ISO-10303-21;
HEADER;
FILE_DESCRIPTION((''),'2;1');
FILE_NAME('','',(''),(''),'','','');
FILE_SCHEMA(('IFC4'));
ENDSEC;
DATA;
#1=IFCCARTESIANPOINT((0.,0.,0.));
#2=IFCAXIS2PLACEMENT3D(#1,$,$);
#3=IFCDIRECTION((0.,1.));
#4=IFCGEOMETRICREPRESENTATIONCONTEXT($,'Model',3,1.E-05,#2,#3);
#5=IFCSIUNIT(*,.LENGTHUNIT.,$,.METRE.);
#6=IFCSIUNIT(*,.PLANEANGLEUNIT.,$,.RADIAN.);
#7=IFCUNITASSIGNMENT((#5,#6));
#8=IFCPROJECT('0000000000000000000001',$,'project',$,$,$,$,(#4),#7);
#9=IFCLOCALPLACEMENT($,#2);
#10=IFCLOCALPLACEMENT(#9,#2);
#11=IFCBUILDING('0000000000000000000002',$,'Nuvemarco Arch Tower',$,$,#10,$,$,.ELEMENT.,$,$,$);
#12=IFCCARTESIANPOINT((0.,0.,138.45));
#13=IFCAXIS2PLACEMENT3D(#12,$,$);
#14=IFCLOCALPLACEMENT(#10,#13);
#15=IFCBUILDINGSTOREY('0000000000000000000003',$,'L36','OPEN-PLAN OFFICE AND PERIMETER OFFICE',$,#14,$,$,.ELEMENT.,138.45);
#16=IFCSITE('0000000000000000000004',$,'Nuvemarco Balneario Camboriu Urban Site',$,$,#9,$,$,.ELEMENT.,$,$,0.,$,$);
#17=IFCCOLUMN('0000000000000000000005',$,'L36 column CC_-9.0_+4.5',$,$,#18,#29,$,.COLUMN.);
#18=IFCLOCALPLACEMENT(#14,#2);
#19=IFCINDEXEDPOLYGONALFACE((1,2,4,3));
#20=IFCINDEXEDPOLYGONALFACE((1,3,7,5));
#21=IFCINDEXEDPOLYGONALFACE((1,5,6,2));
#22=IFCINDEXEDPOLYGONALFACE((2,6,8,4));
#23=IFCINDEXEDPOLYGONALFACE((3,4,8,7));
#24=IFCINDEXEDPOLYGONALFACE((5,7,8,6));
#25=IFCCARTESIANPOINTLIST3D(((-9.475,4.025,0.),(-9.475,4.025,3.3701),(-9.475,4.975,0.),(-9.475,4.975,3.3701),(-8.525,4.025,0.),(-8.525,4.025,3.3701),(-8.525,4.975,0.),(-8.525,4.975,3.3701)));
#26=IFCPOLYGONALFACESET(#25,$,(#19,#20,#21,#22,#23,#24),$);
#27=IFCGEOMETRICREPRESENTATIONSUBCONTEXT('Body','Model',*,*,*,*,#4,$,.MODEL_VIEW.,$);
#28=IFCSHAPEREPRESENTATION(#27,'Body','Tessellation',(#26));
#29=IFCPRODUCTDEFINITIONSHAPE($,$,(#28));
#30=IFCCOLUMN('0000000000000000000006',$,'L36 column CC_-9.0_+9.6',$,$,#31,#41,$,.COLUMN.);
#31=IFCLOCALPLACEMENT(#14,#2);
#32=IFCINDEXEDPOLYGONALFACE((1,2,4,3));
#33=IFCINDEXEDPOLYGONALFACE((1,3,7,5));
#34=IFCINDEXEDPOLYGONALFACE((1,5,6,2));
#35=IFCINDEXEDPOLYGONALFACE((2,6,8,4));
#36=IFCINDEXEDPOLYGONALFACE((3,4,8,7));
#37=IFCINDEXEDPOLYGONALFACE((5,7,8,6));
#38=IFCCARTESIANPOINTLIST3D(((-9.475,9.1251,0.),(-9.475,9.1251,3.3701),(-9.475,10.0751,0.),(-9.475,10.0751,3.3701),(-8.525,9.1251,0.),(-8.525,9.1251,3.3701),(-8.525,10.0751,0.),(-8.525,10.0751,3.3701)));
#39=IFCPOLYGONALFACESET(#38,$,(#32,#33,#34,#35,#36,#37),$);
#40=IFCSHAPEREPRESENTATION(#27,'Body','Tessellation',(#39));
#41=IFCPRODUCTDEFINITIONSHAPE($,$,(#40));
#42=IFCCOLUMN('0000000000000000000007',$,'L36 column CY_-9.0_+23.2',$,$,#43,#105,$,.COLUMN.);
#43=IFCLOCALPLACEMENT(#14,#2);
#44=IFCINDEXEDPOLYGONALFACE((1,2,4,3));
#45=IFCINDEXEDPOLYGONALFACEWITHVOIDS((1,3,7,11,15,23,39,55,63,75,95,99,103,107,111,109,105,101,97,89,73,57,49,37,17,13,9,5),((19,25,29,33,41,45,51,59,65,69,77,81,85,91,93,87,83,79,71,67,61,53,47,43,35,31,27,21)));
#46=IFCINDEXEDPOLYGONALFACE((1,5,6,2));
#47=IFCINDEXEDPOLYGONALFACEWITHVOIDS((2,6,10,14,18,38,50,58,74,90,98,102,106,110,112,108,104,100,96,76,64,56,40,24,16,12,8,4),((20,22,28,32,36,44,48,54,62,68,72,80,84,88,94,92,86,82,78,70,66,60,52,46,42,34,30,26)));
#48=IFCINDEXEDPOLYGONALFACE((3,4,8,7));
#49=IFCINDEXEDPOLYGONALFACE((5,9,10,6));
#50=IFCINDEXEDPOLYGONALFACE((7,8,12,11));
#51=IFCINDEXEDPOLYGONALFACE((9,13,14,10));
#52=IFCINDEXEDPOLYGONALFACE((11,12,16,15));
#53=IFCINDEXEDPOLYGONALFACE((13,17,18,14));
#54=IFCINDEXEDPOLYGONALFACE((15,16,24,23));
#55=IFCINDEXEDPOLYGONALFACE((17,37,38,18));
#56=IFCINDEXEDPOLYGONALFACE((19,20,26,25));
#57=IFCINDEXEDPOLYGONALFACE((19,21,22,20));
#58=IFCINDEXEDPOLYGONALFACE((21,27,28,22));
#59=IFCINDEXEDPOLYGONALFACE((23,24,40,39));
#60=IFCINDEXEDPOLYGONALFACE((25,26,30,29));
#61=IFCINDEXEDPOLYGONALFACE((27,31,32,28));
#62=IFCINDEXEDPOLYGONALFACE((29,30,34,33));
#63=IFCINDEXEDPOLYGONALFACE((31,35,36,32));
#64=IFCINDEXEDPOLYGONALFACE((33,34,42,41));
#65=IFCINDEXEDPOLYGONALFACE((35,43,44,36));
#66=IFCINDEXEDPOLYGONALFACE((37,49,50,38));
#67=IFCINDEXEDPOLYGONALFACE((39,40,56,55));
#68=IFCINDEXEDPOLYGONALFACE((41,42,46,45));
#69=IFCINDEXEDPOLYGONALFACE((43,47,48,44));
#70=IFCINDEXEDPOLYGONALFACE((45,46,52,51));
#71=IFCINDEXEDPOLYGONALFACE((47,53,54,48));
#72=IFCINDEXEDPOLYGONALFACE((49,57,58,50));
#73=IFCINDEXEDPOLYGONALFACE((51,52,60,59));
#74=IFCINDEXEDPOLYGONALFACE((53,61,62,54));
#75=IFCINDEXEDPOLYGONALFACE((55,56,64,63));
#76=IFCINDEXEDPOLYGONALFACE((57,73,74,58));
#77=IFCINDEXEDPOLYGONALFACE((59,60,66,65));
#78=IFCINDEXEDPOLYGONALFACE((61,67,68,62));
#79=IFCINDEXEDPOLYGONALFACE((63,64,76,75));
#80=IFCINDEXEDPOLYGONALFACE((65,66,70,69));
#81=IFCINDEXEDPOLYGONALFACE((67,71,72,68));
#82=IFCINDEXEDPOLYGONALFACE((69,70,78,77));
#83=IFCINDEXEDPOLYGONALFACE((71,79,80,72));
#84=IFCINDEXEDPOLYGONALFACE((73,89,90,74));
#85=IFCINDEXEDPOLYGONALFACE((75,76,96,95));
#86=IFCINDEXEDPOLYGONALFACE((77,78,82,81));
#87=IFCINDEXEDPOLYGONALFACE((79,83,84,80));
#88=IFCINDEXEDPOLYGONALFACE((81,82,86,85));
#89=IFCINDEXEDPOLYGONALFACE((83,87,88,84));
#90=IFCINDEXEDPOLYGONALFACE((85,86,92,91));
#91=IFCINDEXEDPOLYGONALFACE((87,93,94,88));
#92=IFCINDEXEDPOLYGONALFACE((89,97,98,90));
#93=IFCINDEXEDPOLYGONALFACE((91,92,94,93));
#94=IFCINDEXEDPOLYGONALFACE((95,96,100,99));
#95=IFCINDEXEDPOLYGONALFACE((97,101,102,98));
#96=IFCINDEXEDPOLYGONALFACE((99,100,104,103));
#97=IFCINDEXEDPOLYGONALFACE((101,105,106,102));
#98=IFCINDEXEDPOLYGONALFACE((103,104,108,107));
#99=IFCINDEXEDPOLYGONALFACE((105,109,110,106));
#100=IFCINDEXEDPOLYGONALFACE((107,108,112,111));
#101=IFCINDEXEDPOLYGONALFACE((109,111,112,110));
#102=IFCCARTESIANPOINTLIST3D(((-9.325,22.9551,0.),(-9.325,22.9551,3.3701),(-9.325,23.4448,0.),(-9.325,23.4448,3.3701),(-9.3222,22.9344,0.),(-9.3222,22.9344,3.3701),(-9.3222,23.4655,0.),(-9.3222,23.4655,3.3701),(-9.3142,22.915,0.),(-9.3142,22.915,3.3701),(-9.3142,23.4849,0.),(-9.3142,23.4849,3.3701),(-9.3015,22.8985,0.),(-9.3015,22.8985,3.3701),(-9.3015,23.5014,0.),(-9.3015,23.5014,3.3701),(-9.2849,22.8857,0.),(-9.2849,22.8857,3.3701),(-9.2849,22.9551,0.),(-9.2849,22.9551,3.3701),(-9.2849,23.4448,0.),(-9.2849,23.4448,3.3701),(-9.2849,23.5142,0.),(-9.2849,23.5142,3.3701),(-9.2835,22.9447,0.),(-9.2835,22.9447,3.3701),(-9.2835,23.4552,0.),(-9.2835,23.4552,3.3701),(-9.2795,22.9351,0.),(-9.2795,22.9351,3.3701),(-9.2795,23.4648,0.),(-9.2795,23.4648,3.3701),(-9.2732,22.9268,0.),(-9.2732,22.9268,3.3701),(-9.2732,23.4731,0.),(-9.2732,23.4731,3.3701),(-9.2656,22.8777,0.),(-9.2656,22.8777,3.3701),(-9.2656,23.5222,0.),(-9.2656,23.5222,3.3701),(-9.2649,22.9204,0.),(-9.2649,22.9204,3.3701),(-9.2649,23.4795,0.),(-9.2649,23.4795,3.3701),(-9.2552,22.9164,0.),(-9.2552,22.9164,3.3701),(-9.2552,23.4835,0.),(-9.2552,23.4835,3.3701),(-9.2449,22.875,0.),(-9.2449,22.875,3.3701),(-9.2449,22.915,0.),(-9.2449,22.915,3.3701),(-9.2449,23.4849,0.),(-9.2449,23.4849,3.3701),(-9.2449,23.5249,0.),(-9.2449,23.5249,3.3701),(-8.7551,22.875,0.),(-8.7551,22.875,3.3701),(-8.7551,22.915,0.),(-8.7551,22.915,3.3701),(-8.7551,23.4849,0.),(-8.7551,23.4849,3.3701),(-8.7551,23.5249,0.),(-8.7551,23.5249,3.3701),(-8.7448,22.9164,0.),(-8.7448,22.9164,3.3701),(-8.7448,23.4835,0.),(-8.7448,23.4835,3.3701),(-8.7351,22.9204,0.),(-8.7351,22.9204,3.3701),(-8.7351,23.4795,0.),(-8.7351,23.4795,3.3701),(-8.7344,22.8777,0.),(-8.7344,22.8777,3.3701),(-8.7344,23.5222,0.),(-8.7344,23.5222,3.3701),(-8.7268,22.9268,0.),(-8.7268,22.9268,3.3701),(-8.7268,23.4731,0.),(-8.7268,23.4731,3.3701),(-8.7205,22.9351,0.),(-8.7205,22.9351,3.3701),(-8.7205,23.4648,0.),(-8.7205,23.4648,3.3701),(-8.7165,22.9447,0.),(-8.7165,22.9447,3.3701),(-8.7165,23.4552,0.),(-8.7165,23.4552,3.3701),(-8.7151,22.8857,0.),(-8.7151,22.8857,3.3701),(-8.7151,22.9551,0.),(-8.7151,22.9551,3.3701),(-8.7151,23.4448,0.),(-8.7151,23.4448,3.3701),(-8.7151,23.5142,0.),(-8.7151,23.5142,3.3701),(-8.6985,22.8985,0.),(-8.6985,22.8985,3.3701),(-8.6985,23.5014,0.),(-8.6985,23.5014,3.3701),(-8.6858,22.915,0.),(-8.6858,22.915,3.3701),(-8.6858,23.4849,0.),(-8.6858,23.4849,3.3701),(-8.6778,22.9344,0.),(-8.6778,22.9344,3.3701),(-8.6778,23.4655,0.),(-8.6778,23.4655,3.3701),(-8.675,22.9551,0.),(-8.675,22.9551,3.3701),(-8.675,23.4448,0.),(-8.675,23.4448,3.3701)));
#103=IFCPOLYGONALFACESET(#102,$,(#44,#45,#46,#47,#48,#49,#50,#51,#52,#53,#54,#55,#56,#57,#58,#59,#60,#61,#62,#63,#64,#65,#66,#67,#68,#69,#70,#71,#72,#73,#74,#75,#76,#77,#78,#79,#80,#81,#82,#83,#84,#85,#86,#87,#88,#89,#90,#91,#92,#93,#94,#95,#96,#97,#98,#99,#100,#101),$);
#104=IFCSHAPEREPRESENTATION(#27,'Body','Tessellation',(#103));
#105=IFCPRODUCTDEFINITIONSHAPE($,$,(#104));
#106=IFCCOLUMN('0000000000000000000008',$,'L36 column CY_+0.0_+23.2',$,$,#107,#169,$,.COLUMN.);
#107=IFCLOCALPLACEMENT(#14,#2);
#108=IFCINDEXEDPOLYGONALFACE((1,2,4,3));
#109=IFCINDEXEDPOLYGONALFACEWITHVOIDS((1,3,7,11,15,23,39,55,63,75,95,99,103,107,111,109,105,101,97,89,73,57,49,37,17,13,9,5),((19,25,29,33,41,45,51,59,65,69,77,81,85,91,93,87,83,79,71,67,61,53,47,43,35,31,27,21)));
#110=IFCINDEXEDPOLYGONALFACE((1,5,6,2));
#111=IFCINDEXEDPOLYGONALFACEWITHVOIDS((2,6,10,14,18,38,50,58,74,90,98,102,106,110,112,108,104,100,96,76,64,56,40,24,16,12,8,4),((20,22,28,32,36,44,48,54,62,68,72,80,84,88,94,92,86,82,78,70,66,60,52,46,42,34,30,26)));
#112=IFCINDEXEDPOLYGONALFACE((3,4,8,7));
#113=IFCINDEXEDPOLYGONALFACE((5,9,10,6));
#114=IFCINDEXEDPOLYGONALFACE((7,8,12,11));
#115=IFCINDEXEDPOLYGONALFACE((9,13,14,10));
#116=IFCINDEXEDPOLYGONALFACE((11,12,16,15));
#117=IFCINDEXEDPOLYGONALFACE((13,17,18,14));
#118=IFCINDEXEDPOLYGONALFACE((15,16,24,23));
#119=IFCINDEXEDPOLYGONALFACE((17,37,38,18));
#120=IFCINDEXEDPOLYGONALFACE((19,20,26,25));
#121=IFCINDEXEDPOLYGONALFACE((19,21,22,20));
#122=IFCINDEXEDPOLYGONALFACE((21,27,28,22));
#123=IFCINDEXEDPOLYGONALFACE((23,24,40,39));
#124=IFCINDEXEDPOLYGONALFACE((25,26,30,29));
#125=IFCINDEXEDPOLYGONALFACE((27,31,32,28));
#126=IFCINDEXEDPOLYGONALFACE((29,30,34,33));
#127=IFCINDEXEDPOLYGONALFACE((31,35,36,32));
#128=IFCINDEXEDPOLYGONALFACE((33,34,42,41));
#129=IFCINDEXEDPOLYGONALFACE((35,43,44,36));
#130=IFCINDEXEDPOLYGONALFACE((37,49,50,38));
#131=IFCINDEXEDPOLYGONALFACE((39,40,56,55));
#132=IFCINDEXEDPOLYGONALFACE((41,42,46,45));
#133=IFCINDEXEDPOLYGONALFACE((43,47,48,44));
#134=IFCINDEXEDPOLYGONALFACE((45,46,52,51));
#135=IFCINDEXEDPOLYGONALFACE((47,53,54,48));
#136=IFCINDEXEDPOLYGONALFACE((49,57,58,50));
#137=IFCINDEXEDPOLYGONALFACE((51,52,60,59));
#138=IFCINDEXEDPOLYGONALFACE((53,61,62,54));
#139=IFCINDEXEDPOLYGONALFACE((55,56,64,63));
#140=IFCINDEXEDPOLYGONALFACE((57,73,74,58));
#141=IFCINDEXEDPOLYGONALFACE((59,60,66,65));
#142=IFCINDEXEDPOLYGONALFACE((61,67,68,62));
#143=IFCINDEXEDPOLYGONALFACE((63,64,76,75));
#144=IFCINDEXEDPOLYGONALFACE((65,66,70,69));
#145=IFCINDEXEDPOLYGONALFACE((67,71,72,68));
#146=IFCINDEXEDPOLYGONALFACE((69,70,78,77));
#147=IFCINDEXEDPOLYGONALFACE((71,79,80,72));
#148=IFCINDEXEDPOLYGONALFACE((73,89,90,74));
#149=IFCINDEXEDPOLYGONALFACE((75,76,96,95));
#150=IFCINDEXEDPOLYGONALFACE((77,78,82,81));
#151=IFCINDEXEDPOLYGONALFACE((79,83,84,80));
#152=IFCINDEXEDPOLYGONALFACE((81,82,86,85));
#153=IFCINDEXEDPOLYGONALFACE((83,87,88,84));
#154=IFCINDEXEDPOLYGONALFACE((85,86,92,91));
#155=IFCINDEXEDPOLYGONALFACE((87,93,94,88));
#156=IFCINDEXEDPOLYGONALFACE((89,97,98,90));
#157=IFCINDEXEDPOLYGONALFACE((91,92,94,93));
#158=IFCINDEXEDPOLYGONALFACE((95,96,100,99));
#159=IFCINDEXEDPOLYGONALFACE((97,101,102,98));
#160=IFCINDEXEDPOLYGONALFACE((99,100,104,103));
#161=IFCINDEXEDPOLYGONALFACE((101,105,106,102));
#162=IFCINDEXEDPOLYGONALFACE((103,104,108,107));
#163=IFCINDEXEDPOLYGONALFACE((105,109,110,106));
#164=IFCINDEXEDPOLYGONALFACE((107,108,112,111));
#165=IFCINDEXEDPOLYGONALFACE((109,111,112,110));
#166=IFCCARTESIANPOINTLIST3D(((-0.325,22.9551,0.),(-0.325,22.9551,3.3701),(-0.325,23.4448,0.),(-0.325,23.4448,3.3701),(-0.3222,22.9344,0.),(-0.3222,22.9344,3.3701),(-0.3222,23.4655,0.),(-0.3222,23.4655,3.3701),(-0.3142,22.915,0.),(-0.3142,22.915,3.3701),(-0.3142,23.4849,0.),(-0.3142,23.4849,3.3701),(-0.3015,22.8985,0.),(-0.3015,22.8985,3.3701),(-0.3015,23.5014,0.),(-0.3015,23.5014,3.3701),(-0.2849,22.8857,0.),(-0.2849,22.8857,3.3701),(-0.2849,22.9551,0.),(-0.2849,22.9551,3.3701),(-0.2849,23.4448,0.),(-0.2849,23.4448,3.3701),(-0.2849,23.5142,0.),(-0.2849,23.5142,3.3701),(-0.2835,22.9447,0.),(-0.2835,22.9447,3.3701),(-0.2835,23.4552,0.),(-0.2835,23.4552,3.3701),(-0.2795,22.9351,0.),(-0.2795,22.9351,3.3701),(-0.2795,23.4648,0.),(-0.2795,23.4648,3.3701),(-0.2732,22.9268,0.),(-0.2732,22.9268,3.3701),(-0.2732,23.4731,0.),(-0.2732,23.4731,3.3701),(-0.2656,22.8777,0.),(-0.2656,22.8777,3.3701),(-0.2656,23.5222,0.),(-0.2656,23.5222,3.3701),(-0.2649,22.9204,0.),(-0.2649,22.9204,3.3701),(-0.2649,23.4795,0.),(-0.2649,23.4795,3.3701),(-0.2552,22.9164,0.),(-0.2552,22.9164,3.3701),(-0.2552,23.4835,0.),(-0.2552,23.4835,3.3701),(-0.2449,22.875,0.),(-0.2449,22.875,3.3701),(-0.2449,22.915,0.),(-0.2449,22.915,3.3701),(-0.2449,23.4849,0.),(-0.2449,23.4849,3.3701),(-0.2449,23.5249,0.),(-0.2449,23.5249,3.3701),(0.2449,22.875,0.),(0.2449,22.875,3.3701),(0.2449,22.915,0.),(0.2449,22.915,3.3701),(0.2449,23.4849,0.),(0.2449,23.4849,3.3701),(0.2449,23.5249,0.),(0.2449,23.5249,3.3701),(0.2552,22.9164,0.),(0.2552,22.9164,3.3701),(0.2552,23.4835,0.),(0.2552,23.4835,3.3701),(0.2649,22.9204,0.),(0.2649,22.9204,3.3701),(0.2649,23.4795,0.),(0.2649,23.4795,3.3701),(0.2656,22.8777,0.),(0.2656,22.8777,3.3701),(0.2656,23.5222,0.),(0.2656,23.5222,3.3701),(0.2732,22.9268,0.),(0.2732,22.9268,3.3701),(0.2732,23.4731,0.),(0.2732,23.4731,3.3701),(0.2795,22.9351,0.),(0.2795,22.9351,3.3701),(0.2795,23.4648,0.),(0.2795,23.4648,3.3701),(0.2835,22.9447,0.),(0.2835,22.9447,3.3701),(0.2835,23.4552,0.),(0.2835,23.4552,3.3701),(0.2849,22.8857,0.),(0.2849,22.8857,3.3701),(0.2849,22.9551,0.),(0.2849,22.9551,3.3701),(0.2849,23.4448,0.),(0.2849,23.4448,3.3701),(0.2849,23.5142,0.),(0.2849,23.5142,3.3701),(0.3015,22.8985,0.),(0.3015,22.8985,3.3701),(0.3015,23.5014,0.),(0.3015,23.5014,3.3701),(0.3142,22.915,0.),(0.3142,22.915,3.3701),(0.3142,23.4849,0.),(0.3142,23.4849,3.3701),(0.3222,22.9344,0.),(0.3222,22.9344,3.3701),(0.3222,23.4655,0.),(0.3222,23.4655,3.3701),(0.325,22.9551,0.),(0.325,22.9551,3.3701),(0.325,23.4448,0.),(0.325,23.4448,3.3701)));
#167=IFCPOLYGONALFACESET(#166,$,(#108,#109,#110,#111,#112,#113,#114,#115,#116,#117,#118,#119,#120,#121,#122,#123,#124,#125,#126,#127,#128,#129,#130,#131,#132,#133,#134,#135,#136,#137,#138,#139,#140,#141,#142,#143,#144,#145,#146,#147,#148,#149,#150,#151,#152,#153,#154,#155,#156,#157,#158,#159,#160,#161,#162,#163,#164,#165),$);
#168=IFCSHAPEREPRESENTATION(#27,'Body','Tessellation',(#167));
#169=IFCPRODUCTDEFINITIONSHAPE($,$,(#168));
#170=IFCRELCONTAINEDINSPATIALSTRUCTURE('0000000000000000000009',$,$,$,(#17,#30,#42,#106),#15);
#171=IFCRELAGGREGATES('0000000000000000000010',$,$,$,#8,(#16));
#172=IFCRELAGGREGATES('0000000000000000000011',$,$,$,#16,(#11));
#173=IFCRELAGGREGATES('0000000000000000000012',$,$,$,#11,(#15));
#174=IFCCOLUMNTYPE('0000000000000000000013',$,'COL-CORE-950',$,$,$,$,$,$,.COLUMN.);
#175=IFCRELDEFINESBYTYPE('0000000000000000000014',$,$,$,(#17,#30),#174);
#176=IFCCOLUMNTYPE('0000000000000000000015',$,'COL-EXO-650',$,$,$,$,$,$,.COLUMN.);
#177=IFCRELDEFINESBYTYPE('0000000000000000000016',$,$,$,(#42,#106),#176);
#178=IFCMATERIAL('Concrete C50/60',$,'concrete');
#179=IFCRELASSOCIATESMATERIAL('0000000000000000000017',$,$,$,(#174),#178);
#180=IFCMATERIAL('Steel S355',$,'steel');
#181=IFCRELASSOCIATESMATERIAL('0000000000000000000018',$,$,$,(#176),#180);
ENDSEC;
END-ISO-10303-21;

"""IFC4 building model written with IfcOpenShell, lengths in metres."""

from ifc_helpers import new_model, si_unit, direction, frame, origin, origin_2d, place, context, subcontext, project, spatial, rectangle, hollow_rectangle, extrude, material, material_profile, profile_set, type_object, element, save


model = new_model("IFC4")

# Units and contexts
model_context = context("Model", 3, precision=1e-05, world=origin(), true_north=direction((0.0, 1.0)))
body_context = subcontext(model_context, "Body", "Model", "MODEL_VIEW")
ifc_project = project(units=[si_unit("LENGTHUNIT", "METRE"), si_unit("PLANEANGLEUNIT", "RADIAN")], contexts=[model_context])

# Site, building, storey
site_placement = place(None, origin())
site = spatial("IfcSite", under=ifc_project, at=site_placement, Name="Nuvemarco Balneario Camboriu Urban Site", CompositionType="ELEMENT", RefElevation=0.0)
building_placement = place(site_placement, origin())
building = spatial("IfcBuilding", under=site, at=building_placement, Name="Nuvemarco Arch Tower", CompositionType="ELEMENT")
storey_placement = place(building_placement, frame((0.0, 0.0, 138.45)))
storey = spatial("IfcBuildingStorey", under=building, at=storey_placement, Name="L36", Description="OPEN-PLAN OFFICE AND PERIMETER OFFICE", CompositionType="ELEMENT", Elevation=138.45)

# Columns
ifc_material_1 = material(Name="Concrete C50/60", Category="concrete")
ifc_material_profile_1 = material_profile(ifc_material_1, rectangle(XDim=0.95, YDim=0.95, at=origin_2d()), Name="RC-COL-950x950")
ifc_profile_set_1 = profile_set([ifc_material_profile_1], Name="Concrete C50/60")
column_type_1 = type_object("IfcColumnType", Name="COL-CORE-950", PredefinedType="COLUMN", material=ifc_profile_set_1)
for number, where, z_axis, x_axis, name in (
    (1, (-9.0, 4.5, 0.0), (0.0, 0.0, 1.0), (1.0, 0.0, 0.0), "L36 column CC_-9.0_+4.5"),
    (2, (-9.0, 9.6001, 0.0), (0.0, 0.0, 1.0), (1.0, 0.0, 0.0), "L36 column CC_-9.0_+9.6"),
):
    element("IfcColumn", number, at=place(storey_placement, frame(where, z_axis=z_axis, x_axis=x_axis)), inside=storey, type_object=column_type_1, Name=name, PredefinedType="COLUMN", context=body_context, shape_type="SweptSolid", body=[
        extrude(rectangle(XDim=0.95, YDim=0.95, at=origin_2d()), origin(), (0.0, 0.0, 1.0), 3.3701),
    ])
ifc_material_2 = material(Name="Steel S355", Category="steel")
ifc_material_profile_2 = material_profile(ifc_material_2, hollow_rectangle(XDim=0.6499, YDim=0.6499, WallThickness=0.04, InnerFilletRadius=0.04, OuterFilletRadius=0.0801, at=origin_2d()), Name="SHS650x650x40")
ifc_profile_set_2 = profile_set([ifc_material_profile_2], Name="Steel S355")
column_type_2 = type_object("IfcColumnType", Name="COL-EXO-650", PredefinedType="COLUMN", material=ifc_profile_set_2)
for number, where, z_axis, x_axis, name in (
    (3, (-9.0, 23.2, 0.0), (0.0, 0.0, 1.0), (1.0, 0.0, 0.0), "L36 column CY_-9.0_+23.2"),
    (4, (0.0, 23.2, 0.0), (0.0, 0.0, 1.0), (1.0, 0.0, 0.0), "L36 column CY_+0.0_+23.2"),
):
    element("IfcColumn", number, at=place(storey_placement, frame(where, z_axis=z_axis, x_axis=x_axis)), inside=storey, type_object=column_type_2, Name=name, PredefinedType="COLUMN", context=body_context, shape_type="SweptSolid", body=[
        extrude(hollow_rectangle(XDim=0.6499, YDim=0.6499, WallThickness=0.04, InnerFilletRadius=0.04, OuterFilletRadius=0.0801, at=origin_2d()), origin(), (0.0, 0.0, 1.0), 3.3701),
    ])

save(model, "model.ifc")
